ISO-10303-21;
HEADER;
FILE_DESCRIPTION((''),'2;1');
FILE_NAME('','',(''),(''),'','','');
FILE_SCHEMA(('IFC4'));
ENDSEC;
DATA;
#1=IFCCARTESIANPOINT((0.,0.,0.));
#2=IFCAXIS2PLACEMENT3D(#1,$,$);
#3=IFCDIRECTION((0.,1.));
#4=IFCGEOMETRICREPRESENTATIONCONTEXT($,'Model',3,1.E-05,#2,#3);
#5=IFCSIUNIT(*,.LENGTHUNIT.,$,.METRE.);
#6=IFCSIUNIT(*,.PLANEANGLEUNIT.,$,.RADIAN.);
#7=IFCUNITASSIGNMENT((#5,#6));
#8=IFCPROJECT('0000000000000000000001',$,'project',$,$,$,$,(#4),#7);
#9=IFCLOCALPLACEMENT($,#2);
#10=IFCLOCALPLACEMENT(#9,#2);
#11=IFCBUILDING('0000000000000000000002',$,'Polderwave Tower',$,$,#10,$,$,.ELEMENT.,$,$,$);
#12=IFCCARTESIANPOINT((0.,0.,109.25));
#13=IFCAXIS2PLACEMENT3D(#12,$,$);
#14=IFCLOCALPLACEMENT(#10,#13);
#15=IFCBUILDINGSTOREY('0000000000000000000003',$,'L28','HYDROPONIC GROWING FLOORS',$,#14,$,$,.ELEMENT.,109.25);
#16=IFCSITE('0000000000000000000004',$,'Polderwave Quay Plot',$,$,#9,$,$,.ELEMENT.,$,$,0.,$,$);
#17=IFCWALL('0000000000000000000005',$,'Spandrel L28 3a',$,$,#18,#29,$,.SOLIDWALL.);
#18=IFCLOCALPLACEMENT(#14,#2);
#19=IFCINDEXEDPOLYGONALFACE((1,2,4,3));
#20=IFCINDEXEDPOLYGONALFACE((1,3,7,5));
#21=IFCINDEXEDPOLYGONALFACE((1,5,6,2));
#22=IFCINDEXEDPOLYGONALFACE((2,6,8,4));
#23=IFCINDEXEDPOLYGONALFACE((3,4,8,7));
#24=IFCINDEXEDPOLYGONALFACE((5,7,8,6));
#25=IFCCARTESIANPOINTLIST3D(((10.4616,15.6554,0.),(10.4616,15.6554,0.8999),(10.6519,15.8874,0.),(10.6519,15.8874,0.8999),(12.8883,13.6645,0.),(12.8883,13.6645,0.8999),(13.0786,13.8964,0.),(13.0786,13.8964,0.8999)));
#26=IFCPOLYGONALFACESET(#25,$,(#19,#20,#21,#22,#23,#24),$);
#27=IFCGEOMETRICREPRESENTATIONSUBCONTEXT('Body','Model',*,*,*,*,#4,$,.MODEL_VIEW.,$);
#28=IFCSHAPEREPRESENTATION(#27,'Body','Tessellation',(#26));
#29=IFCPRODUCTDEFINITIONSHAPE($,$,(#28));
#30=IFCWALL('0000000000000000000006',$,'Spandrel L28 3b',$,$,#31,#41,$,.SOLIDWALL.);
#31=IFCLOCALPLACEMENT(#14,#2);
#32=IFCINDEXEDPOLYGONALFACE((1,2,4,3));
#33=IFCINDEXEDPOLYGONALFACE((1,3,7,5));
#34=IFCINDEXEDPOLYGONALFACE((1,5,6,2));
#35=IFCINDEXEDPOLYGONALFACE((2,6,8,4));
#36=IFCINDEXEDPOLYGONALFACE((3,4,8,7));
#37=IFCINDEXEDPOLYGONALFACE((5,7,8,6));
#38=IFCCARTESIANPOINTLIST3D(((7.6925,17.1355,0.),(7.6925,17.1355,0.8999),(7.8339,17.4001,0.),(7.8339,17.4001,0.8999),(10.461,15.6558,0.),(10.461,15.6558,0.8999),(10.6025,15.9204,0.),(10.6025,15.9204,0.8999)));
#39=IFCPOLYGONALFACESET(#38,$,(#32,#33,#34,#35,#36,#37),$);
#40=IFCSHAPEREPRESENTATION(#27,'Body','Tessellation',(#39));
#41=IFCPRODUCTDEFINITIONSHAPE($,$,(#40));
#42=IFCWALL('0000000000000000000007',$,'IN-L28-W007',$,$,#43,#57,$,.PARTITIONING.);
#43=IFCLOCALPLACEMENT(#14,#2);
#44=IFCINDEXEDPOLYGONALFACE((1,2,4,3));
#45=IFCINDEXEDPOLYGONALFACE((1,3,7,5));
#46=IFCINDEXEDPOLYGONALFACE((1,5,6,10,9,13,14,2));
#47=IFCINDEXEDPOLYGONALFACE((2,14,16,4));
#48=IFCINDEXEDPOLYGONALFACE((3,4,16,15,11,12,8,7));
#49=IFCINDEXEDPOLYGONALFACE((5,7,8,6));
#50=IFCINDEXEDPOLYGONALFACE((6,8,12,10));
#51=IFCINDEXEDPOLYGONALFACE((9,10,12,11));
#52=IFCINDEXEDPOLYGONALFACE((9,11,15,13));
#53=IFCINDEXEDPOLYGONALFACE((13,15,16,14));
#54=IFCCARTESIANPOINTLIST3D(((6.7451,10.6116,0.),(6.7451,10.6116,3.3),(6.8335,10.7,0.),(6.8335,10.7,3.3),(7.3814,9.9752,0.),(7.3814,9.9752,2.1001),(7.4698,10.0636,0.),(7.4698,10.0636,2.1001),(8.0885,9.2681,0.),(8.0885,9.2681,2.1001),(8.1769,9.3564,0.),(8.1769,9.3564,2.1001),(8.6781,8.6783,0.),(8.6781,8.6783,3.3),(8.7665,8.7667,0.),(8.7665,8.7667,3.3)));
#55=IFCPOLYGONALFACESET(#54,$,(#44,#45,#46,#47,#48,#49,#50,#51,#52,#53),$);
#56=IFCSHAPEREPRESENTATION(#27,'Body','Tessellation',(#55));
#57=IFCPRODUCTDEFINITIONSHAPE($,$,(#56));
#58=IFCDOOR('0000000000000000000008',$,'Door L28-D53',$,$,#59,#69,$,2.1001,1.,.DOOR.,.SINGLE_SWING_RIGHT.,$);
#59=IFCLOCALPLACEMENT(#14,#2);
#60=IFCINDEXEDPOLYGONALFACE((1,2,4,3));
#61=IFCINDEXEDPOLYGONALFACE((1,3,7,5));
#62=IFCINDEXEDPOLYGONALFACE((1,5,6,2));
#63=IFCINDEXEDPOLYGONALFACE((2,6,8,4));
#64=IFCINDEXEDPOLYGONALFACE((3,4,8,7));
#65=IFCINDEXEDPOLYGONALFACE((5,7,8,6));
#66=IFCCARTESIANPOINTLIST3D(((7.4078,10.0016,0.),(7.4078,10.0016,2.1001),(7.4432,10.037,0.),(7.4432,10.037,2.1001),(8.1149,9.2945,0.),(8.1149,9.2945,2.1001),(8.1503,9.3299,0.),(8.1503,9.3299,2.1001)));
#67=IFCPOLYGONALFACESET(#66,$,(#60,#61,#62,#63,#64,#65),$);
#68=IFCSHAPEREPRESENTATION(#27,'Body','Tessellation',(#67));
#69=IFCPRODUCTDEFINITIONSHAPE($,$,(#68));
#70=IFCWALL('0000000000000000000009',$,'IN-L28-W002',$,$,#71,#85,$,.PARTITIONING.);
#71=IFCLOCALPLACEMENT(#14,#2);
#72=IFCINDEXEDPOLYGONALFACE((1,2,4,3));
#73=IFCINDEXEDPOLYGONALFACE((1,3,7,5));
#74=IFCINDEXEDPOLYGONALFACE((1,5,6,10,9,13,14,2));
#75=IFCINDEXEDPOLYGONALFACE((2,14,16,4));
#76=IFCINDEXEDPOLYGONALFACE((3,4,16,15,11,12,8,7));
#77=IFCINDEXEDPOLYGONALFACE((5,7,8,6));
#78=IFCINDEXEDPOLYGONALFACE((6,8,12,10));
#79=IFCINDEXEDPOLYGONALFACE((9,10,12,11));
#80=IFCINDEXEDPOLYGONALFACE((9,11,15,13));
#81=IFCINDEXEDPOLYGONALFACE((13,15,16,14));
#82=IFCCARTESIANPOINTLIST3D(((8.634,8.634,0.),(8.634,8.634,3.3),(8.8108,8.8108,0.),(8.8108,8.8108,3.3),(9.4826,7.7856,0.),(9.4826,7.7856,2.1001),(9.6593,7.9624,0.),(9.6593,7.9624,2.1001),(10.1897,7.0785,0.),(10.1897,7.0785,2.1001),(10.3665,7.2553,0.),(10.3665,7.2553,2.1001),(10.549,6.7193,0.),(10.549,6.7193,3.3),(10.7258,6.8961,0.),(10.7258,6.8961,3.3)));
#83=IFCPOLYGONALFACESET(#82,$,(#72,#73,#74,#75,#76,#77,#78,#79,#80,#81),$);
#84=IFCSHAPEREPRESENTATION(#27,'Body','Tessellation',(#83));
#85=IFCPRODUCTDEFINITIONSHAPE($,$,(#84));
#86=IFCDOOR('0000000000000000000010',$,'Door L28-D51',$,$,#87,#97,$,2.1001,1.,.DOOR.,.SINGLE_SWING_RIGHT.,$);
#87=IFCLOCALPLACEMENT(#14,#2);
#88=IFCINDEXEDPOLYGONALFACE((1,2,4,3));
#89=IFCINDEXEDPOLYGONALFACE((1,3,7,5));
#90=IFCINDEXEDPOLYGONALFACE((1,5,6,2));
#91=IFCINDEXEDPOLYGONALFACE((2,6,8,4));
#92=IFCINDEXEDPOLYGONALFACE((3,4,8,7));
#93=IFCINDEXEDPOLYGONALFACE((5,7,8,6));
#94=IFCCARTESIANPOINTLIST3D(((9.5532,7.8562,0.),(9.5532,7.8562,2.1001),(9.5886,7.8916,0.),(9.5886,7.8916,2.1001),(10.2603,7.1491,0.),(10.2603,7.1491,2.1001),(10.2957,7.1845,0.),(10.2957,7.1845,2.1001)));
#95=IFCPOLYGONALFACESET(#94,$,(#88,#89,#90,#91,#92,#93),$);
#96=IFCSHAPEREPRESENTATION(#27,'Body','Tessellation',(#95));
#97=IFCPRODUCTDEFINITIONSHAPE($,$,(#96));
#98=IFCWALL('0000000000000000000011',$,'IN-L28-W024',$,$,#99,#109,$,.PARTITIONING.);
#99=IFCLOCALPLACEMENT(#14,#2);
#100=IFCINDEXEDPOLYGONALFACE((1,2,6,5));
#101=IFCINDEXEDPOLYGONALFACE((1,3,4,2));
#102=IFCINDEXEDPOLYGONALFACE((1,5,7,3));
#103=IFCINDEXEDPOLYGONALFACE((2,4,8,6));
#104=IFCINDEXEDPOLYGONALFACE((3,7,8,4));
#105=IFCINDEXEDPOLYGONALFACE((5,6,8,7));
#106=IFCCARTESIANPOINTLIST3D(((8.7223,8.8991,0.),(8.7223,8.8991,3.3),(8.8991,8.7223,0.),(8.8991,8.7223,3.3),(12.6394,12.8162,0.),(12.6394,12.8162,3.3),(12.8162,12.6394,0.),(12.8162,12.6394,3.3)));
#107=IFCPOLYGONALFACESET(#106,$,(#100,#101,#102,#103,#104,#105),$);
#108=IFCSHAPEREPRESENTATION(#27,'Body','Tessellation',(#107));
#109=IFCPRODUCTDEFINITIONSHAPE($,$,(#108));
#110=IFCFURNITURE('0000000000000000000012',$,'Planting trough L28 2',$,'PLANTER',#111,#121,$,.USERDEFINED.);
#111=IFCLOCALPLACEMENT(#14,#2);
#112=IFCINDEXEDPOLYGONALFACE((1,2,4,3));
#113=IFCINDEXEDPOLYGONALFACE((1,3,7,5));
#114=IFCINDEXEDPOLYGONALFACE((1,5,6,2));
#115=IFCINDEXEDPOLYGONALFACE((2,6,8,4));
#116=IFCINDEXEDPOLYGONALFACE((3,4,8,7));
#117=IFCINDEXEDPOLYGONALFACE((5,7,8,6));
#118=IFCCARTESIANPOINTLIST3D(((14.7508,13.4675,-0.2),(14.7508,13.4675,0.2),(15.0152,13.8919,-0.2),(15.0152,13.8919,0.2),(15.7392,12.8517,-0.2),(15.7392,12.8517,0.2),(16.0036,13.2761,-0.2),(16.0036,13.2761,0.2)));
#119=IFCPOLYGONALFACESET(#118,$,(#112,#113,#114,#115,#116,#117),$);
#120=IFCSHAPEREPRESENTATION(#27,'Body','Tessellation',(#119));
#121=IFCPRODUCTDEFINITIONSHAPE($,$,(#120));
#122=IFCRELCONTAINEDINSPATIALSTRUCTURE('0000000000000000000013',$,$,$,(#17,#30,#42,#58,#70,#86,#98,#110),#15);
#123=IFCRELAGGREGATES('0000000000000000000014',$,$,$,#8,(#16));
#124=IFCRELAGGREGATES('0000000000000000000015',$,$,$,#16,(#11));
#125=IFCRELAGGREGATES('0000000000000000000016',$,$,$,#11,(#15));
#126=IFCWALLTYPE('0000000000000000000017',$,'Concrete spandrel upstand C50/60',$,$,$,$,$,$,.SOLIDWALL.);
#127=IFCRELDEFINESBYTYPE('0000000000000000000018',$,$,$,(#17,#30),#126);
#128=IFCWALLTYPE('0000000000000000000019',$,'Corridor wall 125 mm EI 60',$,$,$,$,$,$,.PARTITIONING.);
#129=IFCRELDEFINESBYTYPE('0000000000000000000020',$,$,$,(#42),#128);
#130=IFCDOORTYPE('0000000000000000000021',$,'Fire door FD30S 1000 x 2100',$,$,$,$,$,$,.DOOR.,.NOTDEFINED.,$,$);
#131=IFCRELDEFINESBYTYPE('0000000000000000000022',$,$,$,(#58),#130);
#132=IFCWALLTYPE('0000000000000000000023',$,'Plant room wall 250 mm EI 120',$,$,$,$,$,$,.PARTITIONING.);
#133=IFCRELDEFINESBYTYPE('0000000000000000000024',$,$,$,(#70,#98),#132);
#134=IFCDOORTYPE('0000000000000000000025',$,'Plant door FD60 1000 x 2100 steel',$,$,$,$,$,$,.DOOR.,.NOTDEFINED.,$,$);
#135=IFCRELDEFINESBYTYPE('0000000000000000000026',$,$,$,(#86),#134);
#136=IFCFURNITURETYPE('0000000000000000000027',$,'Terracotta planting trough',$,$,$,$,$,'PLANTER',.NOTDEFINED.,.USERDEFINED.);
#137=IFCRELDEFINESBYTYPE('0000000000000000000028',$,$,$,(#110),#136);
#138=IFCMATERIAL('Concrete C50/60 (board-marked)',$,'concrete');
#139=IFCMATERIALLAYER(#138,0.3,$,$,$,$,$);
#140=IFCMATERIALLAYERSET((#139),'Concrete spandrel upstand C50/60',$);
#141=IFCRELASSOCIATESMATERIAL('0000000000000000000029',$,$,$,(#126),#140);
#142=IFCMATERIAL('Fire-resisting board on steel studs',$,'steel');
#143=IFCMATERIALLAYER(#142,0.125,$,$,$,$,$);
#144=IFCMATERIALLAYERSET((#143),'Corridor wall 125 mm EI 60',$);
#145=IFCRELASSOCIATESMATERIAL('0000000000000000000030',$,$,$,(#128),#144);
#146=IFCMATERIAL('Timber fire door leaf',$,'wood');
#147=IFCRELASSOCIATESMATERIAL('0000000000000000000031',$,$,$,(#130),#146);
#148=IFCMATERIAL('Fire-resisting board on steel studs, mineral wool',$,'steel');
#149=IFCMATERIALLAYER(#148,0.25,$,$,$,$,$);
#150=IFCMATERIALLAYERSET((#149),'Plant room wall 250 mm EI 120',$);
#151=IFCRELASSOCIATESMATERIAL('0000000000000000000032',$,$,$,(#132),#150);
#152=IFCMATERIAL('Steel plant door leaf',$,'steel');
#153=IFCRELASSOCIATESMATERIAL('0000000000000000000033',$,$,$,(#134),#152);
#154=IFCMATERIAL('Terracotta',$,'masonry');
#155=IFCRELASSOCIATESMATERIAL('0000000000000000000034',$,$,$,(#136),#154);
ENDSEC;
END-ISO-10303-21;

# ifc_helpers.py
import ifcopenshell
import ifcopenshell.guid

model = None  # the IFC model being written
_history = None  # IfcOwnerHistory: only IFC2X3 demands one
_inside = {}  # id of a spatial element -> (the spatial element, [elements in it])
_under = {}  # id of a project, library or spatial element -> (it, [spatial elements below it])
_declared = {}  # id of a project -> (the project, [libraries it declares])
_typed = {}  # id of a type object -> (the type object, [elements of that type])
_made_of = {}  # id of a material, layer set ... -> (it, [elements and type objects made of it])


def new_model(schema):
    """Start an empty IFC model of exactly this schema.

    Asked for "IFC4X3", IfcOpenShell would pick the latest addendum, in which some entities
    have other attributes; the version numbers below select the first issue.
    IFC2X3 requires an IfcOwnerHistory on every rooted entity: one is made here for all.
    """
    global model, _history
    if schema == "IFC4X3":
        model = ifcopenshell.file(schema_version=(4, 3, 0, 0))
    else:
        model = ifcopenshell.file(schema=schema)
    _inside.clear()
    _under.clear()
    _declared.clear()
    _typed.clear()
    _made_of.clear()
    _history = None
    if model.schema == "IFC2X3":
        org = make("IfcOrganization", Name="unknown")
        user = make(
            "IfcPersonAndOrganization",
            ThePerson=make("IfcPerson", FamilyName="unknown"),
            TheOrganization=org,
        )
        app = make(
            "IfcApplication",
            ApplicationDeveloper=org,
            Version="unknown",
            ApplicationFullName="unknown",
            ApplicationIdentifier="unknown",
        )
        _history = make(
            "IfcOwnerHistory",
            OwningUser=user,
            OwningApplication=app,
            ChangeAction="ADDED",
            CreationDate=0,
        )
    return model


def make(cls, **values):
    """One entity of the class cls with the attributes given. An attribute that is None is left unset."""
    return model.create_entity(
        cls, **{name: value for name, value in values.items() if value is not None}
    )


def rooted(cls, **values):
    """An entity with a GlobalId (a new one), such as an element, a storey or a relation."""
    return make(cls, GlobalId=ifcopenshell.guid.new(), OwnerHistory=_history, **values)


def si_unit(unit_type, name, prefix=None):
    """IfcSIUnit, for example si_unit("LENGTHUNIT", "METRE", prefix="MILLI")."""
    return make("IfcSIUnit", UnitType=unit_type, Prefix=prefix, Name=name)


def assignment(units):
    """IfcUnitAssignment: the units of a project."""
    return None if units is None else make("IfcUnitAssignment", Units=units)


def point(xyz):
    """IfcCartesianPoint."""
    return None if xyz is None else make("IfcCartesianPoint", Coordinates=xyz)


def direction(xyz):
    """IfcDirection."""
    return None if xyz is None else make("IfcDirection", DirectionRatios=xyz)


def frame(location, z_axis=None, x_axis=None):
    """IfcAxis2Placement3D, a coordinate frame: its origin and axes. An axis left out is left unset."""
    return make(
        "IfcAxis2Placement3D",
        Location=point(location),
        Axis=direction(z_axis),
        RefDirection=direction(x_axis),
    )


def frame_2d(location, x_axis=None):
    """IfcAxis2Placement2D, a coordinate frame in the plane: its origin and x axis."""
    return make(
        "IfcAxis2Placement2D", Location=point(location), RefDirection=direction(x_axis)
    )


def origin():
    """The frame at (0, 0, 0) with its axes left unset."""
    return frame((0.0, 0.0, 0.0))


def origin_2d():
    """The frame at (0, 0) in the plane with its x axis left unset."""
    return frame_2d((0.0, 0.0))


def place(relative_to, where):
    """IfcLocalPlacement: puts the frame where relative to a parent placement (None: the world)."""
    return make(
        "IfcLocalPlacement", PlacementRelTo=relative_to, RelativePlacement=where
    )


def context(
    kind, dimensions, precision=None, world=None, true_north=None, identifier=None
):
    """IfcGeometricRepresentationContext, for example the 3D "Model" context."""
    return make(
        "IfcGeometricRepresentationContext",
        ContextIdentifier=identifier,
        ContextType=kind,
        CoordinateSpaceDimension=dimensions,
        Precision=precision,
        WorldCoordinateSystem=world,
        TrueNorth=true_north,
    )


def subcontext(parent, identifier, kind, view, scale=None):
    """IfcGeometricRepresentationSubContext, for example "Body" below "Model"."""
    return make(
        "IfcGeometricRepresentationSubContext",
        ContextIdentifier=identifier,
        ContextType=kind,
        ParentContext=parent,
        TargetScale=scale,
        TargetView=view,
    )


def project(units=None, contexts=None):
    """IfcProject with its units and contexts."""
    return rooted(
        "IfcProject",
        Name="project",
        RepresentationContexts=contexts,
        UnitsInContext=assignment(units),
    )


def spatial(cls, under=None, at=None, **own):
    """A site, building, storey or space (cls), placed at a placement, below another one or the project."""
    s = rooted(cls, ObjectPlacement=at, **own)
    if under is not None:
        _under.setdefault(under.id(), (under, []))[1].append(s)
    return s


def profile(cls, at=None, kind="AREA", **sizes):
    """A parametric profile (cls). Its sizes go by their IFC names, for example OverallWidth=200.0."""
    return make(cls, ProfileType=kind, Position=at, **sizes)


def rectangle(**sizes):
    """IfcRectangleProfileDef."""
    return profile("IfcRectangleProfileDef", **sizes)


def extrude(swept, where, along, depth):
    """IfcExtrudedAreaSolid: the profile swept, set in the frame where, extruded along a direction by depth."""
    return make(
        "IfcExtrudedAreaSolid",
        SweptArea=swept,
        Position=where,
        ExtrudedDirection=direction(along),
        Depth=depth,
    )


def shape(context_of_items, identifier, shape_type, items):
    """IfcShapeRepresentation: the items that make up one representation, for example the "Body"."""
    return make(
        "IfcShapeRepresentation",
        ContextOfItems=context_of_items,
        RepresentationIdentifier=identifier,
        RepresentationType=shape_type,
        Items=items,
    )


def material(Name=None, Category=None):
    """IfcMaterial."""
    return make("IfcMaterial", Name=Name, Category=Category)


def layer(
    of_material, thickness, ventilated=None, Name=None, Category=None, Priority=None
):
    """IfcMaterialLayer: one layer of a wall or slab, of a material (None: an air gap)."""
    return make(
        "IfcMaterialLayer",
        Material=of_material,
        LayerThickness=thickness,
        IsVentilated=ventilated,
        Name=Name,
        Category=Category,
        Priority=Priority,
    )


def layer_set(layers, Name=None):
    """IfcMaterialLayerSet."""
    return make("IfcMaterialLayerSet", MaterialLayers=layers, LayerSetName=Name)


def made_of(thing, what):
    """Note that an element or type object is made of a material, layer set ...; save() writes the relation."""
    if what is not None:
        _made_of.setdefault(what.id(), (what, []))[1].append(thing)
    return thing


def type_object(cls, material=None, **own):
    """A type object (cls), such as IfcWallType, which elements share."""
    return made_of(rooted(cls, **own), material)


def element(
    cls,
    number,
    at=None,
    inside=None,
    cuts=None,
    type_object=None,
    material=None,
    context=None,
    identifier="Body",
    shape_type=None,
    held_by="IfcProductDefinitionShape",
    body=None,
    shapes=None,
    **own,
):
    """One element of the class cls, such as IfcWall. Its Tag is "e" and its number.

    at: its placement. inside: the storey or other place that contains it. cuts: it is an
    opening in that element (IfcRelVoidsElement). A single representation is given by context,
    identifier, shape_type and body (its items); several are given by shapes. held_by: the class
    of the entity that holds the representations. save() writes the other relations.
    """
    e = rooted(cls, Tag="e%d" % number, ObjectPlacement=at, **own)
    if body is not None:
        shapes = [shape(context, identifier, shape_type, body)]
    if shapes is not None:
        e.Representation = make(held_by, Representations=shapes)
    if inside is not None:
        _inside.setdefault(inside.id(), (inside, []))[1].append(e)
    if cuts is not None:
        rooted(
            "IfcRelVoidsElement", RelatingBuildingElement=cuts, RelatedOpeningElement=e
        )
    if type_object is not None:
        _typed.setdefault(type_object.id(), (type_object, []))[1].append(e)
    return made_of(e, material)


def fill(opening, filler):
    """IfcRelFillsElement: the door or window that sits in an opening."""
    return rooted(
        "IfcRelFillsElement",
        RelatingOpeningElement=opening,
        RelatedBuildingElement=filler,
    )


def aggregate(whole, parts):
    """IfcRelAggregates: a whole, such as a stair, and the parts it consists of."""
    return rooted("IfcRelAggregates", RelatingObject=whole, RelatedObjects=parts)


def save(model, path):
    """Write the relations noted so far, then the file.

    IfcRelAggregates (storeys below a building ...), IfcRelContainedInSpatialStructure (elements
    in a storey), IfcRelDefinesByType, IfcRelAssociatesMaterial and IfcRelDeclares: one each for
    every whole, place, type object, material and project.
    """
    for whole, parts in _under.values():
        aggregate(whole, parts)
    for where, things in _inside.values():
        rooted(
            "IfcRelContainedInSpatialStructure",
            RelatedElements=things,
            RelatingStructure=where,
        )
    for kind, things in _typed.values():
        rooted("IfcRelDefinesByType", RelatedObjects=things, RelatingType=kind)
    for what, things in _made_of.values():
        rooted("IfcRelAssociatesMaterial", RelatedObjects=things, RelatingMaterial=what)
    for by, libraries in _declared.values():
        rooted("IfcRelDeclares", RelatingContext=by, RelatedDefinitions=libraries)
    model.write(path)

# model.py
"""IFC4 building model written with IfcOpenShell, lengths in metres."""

from ifc_helpers import new_model, si_unit, direction, frame, frame_2d, origin, origin_2d, place, context, subcontext, project, spatial, rectangle, extrude, material, layer, layer_set, type_object, element, fill, save


model = new_model("IFC4")

# Units and contexts
model_context = context("Model", 3, precision=1e-05, world=origin(), true_north=direction((0.0, 1.0)))
body_context = subcontext(model_context, "Body", "Model", "MODEL_VIEW")
ifc_project = project(units=[si_unit("LENGTHUNIT", "METRE"), si_unit("PLANEANGLEUNIT", "RADIAN")], contexts=[model_context])

# Site, building, storey
site_placement = place(None, origin())
site = spatial("IfcSite", under=ifc_project, at=site_placement, Name="Polderwave Quay Plot", CompositionType="ELEMENT", RefElevation=0.0)
building_placement = place(site_placement, origin())
building = spatial("IfcBuilding", under=site, at=building_placement, Name="Polderwave Tower", CompositionType="ELEMENT")
storey_placement = place(building_placement, frame((0.0, 0.0, 109.25)))
storey = spatial("IfcBuildingStorey", under=building, at=storey_placement, Name="L28", Description="HYDROPONIC GROWING FLOORS", CompositionType="ELEMENT", Elevation=109.25)

# Walls
ifc_material_1 = material(Name="Concrete C50/60 (board-marked)", Category="concrete")
ifc_layer_1 = layer(ifc_material_1, 0.3)
ifc_layer_set_1 = layer_set([ifc_layer_1], Name="Concrete spandrel upstand C50/60")
wall_type_1 = type_object("IfcWallType", Name="Concrete spandrel upstand C50/60", PredefinedType="SOLIDWALL", material=ifc_layer_set_1)
for number, where, z_axis, x_axis, name in (
    (1, (12.9834, 13.7805, 0.0), (0.0, 0.0, 1.0), (-0.773108, 0.634275, 0.0), "Spandrel L28 3a"),
):
    element("IfcWall", number, at=place(storey_placement, frame(where, z_axis=z_axis, x_axis=x_axis)), inside=storey, type_object=wall_type_1, Name=name, PredefinedType="SOLIDWALL", context=body_context, shape_type="SweptSolid", body=[
        extrude(rectangle(XDim=3.1389, YDim=0.3, at=frame_2d((1.5693, 0.0))), origin(), (0.0, 0.0, 1.0), 0.8999),
    ])
wall_1_placement = place(storey_placement, frame((10.5317, 15.7881, 0.0), z_axis=(0.0, 0.0, 1.0), x_axis=(-0.881933, 0.471375, 0.0)))
element("IfcWall", 2, at=wall_1_placement, inside=storey, type_object=wall_type_1, Name="Spandrel L28 3b", PredefinedType="SOLIDWALL", context=body_context, shape_type="SweptSolid", body=[
    extrude(rectangle(XDim=3.1392, YDim=0.3, at=frame_2d((1.5696, 0.0))), origin(), (0.0, 0.0, 1.0), 0.8999),
])

# Walls, openings, doors
ifc_material_2 = material(Name="Fire-resisting board on steel studs", Category="steel")
ifc_layer_2 = layer(ifc_material_2, 0.125)
ifc_layer_set_2 = layer_set([ifc_layer_2], Name="Corridor wall 125 mm EI 60")
wall_type_2 = type_object("IfcWallType", Name="Corridor wall 125 mm EI 60", PredefinedType="PARTITIONING", material=ifc_layer_set_2)
wall_2_placement = place(storey_placement, frame((6.7893, 10.6558, 0.0), z_axis=(0.0, 0.0, 1.0), x_axis=(0.707062, -0.707151, 0.0)))
wall_2 = element("IfcWall", 3, at=wall_2_placement, inside=storey, type_object=wall_type_2, Name="IN-L28-W007", PredefinedType="PARTITIONING", context=body_context, shape_type="SweptSolid", body=[
    extrude(rectangle(XDim=2.7339, YDim=0.125, at=frame_2d((1.3669, 0.0))), origin(), (0.0, 0.0, 1.0), 3.3),
])
opening_1_placement = place(wall_2_placement, frame((0.8999, 0.0, 0.0)))
opening_1 = element("IfcOpeningElement", 4, at=opening_1_placement, cuts=wall_2, PredefinedType="OPENING", context=body_context, shape_type="SweptSolid", body=[
    extrude(rectangle(XDim=1.0, YDim=2.1001, at=frame_2d((0.5, 1.05))), frame((0.0, 0.0725, 0.0), z_axis=(0.0, -1.0, 0.0), x_axis=(1.0, 0.0, 0.0)), (0.0, 0.0, 1.0), 0.145),
])
ifc_material_3 = material(Name="Timber fire door leaf", Category="wood")
door_type_1 = type_object("IfcDoorType", Name="Fire door FD30S 1000 x 2100", OperationType="NOTDEFINED", PredefinedType="DOOR", material=ifc_material_3)
door_1_placement = place(opening_1_placement, origin())
door_1 = element("IfcDoor", 5, at=door_1_placement, inside=storey, type_object=door_type_1, Name="Door L28-D53", OperationType="SINGLE_SWING_RIGHT", OverallHeight=2.1001, OverallWidth=1.0, PredefinedType="DOOR", context=body_context, shape_type="SweptSolid", body=[
    extrude(rectangle(XDim=1.0, YDim=2.1001, at=frame_2d((0.5, 1.05))), frame((0.0, 0.0249, 0.0), z_axis=(0.0, -1.0, 0.0), x_axis=(1.0, 0.0, 0.0)), (0.0, 0.0, 1.0), 0.05),
])
fill(opening_1, door_1)
ifc_material_4 = material(Name="Fire-resisting board on steel studs, mineral wool", Category="steel")
ifc_layer_3 = layer(ifc_material_4, 0.25)
ifc_layer_set_3 = layer_set([ifc_layer_3], Name="Plant room wall 250 mm EI 120")
wall_type_3 = type_object("IfcWallType", Name="Plant room wall 250 mm EI 120", PredefinedType="PARTITIONING", material=ifc_layer_set_3)
wall_3_placement = place(storey_placement, frame((8.7224, 8.7224, 0.0), z_axis=(0.0, 0.0, 1.0), x_axis=(0.707152, -0.707062, 0.0)))
wall_3 = element("IfcWall", 6, at=wall_3_placement, inside=storey, type_object=wall_type_3, Name="IN-L28-W002", PredefinedType="PARTITIONING", context=body_context, shape_type="SweptSolid", body=[
    extrude(rectangle(XDim=2.708, YDim=0.25, at=frame_2d((1.354, 0.0))), origin(), (0.0, 0.0, 1.0), 3.3),
])
opening_2_placement = place(wall_3_placement, frame((1.2, 0.0, 0.0)))
opening_2 = element("IfcOpeningElement", 7, at=opening_2_placement, cuts=wall_3, PredefinedType="OPENING", context=body_context, shape_type="SweptSolid", body=[
    extrude(rectangle(XDim=1.0, YDim=2.1001, at=frame_2d((0.5, 1.05))), frame((0.0, 0.135, 0.0), z_axis=(0.0, -1.0, 0.0), x_axis=(1.0, 0.0, 0.0)), (0.0, 0.0, 1.0), 0.27),
])
ifc_material_5 = material(Name="Steel plant door leaf", Category="steel")
door_type_2 = type_object("IfcDoorType", Name="Plant door FD60 1000 x 2100 steel", OperationType="NOTDEFINED", PredefinedType="DOOR", material=ifc_material_5)
door_2_placement = place(opening_2_placement, origin())
door_2 = element("IfcDoor", 8, at=door_2_placement, inside=storey, type_object=door_type_2, Name="Door L28-D51", OperationType="SINGLE_SWING_RIGHT", OverallHeight=2.1001, OverallWidth=1.0, PredefinedType="DOOR", context=body_context, shape_type="SweptSolid", body=[
    extrude(rectangle(XDim=1.0, YDim=2.1001, at=frame_2d((0.5, 1.05))), frame((0.0, 0.0249, 0.0), z_axis=(0.0, -1.0, 0.0), x_axis=(1.0, 0.0, 0.0)), (0.0, 0.0, 1.0), 0.05),
])
fill(opening_2, door_2)

# Wall
wall_4_placement = place(storey_placement, frame((12.7278, 12.7278, 0.0), z_axis=(0.0, 0.0, 1.0), x_axis=(-0.707107, -0.707107, 0.0)))
element("IfcWall", 9, at=wall_4_placement, inside=storey, type_object=wall_type_3, Name="IN-L28-W024", PredefinedType="PARTITIONING", context=body_context, shape_type="SweptSolid", body=[
    extrude(rectangle(XDim=5.5396, YDim=0.25, at=frame_2d((2.7698, 0.0))), origin(), (0.0, 0.0, 1.0), 3.3),
])

# Furniture
ifc_material_6 = material(Name="Terracotta", Category="masonry")
furniture_type = type_object("IfcFurnitureType", Name="Terracotta planting trough", ElementType="PLANTER", AssemblyPlace="NOTDEFINED", PredefinedType="USERDEFINED", material=ifc_material_6)
furniture_placement = place(storey_placement, frame((15.3772, 13.3718, -0.2), z_axis=(0.0, 0.0, 1.0), x_axis=(-0.848757, 0.528784, 0.0)))
element("IfcFurniture", 10, at=furniture_placement, inside=storey, type_object=furniture_type, Name="Planting trough L28 2", ObjectType="PLANTER", PredefinedType="USERDEFINED", context=body_context, shape_type="SweptSolid", body=[
    extrude(rectangle(XDim=1.1646, YDim=0.5, at=origin_2d()), origin(), (0.0, 0.0, 1.0), 0.3999),
])

save(model, "model.ifc")
